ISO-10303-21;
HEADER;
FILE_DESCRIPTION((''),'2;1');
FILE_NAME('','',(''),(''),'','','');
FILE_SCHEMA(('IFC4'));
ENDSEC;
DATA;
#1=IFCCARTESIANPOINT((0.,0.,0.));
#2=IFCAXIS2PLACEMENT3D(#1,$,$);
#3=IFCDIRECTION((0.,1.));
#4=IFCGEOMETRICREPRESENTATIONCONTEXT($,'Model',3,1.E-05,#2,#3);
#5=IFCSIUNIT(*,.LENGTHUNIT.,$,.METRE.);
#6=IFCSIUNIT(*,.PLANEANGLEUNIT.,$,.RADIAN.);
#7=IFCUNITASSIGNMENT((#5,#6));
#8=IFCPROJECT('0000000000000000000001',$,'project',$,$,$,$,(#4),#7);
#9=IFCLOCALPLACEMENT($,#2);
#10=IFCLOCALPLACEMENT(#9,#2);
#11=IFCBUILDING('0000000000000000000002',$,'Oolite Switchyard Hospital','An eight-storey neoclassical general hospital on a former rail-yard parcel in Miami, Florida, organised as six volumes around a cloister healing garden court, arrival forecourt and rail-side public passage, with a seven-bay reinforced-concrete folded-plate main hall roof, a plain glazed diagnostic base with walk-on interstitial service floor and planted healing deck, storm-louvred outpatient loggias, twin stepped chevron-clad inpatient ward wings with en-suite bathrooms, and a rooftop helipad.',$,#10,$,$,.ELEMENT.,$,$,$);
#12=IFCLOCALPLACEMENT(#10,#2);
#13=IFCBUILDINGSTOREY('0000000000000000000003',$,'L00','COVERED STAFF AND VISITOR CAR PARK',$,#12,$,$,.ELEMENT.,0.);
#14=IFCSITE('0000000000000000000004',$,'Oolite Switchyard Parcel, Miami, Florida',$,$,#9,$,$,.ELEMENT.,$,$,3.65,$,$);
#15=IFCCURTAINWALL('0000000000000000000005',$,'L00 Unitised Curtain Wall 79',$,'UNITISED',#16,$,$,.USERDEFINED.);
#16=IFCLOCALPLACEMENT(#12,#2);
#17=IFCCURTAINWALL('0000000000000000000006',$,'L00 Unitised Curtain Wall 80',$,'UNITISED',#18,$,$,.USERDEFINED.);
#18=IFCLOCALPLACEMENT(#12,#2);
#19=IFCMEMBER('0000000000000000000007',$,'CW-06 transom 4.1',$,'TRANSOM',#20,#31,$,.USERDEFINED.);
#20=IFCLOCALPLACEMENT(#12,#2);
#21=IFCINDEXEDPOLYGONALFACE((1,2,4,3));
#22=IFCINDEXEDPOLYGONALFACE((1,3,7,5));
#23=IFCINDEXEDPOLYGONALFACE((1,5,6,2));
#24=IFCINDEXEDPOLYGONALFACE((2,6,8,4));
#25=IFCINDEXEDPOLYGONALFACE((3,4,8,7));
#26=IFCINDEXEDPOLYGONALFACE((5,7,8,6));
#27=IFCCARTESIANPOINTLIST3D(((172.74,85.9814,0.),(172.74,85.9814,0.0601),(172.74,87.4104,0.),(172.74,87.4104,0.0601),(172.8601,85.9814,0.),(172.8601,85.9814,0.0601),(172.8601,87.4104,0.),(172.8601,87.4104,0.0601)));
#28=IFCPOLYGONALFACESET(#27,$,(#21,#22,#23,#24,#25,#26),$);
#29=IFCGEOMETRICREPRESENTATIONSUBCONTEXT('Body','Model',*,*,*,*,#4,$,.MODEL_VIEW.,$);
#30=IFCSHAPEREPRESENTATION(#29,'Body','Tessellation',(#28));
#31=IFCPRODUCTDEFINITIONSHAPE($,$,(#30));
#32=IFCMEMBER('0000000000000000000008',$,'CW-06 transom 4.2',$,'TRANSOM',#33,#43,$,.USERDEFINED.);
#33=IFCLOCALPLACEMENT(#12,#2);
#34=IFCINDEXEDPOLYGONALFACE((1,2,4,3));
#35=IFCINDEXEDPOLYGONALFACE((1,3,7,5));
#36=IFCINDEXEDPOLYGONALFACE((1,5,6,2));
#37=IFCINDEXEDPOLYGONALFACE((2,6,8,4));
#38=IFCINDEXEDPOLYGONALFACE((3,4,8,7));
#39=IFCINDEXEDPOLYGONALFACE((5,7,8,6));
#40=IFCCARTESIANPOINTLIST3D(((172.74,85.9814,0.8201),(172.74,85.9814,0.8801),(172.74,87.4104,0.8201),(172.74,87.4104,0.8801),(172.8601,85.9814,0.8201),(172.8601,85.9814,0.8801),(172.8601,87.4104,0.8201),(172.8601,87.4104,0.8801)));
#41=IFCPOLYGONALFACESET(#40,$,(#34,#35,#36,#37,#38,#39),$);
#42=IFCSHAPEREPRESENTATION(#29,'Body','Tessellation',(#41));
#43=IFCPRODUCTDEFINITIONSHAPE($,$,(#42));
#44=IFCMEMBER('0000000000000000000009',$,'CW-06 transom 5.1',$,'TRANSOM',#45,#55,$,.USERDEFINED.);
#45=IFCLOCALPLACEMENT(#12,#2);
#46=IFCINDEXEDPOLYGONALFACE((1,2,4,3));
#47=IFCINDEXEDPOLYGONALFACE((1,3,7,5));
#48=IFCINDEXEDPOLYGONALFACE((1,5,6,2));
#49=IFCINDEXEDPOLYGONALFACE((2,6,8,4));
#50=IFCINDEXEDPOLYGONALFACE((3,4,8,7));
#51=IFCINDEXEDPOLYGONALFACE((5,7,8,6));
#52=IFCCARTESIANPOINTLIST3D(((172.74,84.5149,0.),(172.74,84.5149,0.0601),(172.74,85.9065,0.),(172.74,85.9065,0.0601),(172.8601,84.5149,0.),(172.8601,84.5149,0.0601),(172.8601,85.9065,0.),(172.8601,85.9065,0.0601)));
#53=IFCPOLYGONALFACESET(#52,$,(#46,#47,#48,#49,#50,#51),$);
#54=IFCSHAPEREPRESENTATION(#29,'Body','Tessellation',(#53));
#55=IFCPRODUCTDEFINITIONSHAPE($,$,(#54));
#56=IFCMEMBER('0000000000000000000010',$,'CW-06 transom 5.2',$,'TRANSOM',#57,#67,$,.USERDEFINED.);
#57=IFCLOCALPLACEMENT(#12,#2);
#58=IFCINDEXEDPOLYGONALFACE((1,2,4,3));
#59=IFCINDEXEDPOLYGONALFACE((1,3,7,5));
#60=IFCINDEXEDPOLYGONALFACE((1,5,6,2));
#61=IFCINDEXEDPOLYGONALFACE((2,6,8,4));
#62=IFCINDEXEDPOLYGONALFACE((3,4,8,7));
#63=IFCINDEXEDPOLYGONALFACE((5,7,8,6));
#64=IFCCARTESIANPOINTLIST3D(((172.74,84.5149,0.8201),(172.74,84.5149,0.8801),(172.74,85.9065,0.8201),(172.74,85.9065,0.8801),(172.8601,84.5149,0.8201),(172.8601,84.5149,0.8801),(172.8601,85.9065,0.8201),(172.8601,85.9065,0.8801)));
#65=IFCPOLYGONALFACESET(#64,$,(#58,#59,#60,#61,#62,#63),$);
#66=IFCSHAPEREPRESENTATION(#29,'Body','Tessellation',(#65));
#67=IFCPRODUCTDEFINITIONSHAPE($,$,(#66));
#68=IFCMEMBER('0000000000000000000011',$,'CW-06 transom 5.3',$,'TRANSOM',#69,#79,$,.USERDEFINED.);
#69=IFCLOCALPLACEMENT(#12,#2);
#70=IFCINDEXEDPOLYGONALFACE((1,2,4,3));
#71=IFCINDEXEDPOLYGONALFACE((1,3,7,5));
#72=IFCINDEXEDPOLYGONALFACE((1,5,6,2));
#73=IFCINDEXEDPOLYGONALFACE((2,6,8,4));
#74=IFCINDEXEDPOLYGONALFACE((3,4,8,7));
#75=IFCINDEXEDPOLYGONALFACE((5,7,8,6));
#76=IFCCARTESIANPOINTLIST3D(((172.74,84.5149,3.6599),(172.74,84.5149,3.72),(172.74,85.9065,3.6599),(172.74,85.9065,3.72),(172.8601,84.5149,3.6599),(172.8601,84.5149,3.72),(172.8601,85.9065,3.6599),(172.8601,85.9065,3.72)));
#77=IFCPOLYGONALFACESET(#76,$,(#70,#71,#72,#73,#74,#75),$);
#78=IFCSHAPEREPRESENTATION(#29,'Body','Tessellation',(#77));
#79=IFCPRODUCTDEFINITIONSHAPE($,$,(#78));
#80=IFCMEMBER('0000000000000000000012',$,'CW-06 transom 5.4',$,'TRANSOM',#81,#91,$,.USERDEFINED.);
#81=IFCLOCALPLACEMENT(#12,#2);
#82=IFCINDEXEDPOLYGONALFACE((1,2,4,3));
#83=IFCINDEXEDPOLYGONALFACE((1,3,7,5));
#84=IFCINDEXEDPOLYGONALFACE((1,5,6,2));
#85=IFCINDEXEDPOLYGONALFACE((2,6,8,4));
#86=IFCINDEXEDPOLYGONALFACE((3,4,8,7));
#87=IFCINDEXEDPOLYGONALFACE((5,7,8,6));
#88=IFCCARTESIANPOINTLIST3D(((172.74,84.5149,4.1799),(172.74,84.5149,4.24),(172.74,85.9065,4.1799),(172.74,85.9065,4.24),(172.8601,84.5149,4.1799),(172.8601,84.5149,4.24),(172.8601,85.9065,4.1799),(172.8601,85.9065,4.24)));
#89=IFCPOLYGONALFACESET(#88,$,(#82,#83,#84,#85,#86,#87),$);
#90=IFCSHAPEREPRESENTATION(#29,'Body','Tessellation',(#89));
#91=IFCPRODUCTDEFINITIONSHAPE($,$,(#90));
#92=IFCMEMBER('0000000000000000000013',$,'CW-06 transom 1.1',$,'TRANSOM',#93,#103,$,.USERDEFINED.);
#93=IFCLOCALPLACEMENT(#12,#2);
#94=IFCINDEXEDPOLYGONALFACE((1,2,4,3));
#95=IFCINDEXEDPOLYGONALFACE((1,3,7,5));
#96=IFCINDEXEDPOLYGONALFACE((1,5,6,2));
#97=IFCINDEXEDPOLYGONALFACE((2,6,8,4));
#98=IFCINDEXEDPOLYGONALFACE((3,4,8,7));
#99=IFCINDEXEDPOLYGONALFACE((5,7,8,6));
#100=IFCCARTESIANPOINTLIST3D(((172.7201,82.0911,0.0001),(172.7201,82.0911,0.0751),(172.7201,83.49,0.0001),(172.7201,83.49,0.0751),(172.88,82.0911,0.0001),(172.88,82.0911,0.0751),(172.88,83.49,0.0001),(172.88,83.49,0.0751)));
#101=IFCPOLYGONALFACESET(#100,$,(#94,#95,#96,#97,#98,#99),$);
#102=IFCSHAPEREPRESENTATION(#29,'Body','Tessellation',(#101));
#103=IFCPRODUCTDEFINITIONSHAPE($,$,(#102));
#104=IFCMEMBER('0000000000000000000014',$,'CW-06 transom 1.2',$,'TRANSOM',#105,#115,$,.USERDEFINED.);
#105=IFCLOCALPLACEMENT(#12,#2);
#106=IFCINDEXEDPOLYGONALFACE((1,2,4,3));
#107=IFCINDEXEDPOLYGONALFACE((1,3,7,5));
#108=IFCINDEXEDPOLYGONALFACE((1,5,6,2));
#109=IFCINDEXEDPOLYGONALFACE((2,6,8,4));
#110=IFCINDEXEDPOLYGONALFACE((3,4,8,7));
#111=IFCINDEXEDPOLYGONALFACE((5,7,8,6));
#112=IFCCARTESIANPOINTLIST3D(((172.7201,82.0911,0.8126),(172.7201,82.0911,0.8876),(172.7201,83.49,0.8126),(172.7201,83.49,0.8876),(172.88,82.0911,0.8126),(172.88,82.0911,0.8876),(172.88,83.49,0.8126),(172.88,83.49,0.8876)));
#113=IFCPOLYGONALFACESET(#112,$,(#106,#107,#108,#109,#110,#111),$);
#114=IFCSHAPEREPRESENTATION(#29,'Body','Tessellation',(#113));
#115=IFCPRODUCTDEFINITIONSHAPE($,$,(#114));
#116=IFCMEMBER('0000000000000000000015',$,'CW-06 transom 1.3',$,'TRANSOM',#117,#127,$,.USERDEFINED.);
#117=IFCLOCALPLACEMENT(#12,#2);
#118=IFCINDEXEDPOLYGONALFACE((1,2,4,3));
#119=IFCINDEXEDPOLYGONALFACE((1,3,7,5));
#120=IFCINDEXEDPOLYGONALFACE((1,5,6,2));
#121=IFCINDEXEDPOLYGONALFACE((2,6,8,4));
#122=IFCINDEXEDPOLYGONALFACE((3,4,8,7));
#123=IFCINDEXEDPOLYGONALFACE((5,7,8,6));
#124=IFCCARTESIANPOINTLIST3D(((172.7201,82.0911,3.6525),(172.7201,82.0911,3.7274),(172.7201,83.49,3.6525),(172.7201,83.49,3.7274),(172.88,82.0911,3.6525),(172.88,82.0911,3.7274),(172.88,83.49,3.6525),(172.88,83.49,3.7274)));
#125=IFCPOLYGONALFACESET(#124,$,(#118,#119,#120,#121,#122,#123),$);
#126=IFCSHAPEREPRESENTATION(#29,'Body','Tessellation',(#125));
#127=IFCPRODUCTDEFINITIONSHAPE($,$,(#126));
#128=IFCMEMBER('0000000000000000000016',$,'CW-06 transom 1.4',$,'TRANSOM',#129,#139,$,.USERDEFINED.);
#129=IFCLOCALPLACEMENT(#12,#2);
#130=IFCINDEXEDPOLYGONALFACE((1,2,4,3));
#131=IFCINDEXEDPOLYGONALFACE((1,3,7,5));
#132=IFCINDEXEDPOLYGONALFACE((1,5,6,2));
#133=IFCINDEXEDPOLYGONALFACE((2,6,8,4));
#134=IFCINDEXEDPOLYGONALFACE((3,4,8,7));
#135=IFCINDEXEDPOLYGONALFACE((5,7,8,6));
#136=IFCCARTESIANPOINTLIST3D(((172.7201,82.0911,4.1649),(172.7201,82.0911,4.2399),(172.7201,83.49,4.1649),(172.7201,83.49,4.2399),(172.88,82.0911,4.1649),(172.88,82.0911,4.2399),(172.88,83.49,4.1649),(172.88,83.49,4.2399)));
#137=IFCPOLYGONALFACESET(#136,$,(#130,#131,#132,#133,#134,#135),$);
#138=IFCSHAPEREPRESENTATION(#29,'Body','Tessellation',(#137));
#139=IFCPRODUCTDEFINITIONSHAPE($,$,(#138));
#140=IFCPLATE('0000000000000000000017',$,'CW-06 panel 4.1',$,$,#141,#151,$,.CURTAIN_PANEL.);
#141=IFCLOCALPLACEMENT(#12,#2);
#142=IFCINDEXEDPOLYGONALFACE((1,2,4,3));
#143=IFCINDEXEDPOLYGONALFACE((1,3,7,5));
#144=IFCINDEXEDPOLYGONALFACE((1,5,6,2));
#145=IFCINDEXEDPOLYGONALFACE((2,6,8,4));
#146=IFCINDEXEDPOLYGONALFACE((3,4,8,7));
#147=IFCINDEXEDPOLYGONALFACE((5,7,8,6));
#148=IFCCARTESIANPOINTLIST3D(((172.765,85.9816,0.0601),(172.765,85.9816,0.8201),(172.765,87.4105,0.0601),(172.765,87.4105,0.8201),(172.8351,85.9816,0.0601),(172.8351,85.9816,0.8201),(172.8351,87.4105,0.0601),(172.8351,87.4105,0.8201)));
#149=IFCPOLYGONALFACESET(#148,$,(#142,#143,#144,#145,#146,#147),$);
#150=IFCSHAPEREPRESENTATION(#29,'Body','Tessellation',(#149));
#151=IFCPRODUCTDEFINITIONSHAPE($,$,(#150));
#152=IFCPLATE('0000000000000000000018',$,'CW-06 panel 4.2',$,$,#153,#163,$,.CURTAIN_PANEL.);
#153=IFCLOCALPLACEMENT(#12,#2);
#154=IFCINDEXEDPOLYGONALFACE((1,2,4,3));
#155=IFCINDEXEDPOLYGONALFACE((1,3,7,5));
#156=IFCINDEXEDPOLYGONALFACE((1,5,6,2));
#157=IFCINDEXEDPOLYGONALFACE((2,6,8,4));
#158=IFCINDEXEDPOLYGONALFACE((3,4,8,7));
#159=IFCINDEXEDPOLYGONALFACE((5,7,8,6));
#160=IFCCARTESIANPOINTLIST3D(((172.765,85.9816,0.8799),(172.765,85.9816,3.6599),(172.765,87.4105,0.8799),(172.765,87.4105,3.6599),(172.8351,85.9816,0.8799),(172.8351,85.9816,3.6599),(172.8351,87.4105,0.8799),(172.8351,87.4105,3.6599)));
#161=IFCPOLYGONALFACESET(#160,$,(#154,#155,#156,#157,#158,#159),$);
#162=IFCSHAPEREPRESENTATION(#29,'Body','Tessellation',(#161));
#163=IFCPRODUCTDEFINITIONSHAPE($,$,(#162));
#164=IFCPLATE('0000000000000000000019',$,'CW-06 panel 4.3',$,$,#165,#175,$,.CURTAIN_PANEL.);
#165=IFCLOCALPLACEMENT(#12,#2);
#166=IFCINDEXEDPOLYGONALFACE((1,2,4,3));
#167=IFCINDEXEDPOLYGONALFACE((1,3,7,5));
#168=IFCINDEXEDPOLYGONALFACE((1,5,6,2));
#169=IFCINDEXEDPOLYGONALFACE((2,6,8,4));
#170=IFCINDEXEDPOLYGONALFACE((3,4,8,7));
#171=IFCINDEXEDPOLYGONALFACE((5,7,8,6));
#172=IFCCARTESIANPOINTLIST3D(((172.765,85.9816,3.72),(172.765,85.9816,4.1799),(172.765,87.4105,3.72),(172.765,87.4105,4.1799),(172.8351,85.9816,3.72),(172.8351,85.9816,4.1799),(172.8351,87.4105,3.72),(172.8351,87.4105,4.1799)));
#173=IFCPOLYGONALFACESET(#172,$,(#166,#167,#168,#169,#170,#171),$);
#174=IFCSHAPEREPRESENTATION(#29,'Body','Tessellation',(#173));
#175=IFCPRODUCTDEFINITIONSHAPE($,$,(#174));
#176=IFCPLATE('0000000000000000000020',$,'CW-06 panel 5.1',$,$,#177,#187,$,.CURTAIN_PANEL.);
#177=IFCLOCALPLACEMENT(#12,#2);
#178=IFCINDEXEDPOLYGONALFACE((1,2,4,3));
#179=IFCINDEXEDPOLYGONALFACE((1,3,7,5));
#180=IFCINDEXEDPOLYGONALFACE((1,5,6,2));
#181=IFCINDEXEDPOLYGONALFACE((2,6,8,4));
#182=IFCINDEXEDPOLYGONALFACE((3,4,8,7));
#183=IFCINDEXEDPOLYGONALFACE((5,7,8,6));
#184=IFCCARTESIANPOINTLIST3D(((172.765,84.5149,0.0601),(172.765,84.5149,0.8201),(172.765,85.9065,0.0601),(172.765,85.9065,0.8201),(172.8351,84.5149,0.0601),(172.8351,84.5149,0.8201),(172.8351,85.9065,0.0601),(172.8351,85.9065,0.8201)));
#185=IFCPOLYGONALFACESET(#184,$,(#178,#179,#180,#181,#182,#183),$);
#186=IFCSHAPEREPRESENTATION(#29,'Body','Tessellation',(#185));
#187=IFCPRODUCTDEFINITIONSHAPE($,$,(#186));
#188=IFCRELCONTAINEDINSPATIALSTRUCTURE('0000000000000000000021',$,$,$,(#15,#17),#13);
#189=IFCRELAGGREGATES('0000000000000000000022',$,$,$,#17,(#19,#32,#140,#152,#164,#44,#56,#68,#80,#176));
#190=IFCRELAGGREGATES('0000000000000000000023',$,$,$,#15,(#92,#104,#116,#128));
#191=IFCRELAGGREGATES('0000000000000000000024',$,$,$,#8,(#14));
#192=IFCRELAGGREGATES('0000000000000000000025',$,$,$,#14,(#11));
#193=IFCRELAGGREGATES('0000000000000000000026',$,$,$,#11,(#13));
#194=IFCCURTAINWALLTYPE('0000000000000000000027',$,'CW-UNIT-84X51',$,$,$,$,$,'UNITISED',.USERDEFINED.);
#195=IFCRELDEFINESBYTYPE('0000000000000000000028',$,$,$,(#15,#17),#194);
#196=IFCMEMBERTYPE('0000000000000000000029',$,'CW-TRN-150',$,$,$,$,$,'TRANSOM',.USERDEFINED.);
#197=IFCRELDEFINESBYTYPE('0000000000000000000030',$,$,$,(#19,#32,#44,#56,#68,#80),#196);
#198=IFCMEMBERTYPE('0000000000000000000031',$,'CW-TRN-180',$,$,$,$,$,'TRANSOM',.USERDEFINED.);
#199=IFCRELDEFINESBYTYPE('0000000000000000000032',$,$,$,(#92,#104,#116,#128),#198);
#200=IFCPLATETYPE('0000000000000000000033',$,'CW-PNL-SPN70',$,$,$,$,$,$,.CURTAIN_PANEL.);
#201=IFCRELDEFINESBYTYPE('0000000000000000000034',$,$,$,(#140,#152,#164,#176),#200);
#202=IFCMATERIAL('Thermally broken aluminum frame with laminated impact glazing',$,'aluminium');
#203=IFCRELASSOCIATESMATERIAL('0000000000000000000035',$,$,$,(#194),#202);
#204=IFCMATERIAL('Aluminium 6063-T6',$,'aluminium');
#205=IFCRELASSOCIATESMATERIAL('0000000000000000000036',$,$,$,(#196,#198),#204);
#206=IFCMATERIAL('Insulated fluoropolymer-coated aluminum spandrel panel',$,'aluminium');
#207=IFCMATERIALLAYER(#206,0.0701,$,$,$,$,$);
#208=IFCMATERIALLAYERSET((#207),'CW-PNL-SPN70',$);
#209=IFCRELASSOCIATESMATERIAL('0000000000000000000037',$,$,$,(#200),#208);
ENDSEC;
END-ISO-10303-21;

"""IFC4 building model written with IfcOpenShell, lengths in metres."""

from ifc_helpers import new_model, si_unit, direction, frame, origin, origin_2d, place, context, subcontext, project, spatial, rectangle, extrude, material, layer, layer_set, material_profile, profile_set, type_object, element, aggregate, save


model = new_model("IFC4")

# Units and contexts
model_context = context("Model", 3, precision=1e-05, world=origin(), true_north=direction((0.0, 1.0)))
body_context = subcontext(model_context, "Body", "Model", "MODEL_VIEW")
ifc_project = project(units=[si_unit("LENGTHUNIT", "METRE"), si_unit("PLANEANGLEUNIT", "RADIAN")], contexts=[model_context])

# Site, building, storey
site_placement = place(None, origin())
site = spatial("IfcSite", under=ifc_project, at=site_placement, Name="Oolite Switchyard Parcel, Miami, Florida", CompositionType="ELEMENT", RefElevation=3.65)
building_placement = place(site_placement, origin())
building = spatial("IfcBuilding", under=site, at=building_placement, Name="Oolite Switchyard Hospital", Description="An eight-storey neoclassical general hospital on a former rail-yard parcel in Miami, Florida, organised as six volumes around a cloister healing garden court, arrival forecourt and rail-side public passage, with a seven-bay reinforced-concrete folded-plate main hall roof, a plain glazed diagnostic base with walk-on interstitial service floor and planted healing deck, storm-louvred outpatient loggias, twin stepped chevron-clad inpatient ward wings with en-suite bathrooms, and a rooftop helipad.", CompositionType="ELEMENT")
storey_placement = place(building_placement, origin())
storey = spatial("IfcBuildingStorey", under=building, at=storey_placement, Name="L00", Description="COVERED STAFF AND VISITOR CAR PARK", CompositionType="ELEMENT", Elevation=0.0)

# Curtain wall
ifc_material_1 = material(Name="Thermally broken aluminum frame with laminated impact glazing", Category="aluminium")
curtain_wall_type = type_object("IfcCurtainWallType", Name="CW-UNIT-84X51", ElementType="UNITISED", PredefinedType="USERDEFINED", material=ifc_material_1)
curtain_wall_1_placement = place(storey_placement, origin())
curtain_wall_1 = element("IfcCurtainWall", 1, at=curtain_wall_1_placement, inside=storey, type_object=curtain_wall_type, Name="L00 Unitised Curtain Wall 79", ObjectType="UNITISED", PredefinedType="USERDEFINED")
ifc_material_2 = material(Name="Aluminium 6063-T6", Category="aluminium")

# Curtain wall, members
curtain_wall_2_placement = place(storey_placement, origin())
curtain_wall_2 = element("IfcCurtainWall", 2, at=curtain_wall_2_placement, inside=storey, type_object=curtain_wall_type, Name="L00 Unitised Curtain Wall 80", ObjectType="UNITISED", PredefinedType="USERDEFINED")
ifc_material_profile_1 = material_profile(ifc_material_2, rectangle(XDim=0.1201, YDim=0.0601, at=origin_2d()), Name="CWT60X120")
ifc_profile_set_1 = profile_set([ifc_material_profile_1], Name="Aluminium 6063-T6")
member_type_1 = type_object("IfcMemberType", Name="CW-TRN-150", ElementType="TRANSOM", PredefinedType="USERDEFINED", material=ifc_profile_set_1)
member_1_placement = place(storey_placement, frame((172.8, 87.4104, 0.03), z_axis=(0.0, -1.0, 0.0), x_axis=(1.0, 0.0, 0.0)))
member_1 = element("IfcMember", 3, at=member_1_placement, type_object=member_type_1, Name="CW-06 transom 4.1", ObjectType="TRANSOM", PredefinedType="USERDEFINED", context=body_context, shape_type="SweptSolid", body=[
    extrude(rectangle(XDim=0.1201, YDim=0.0601, at=origin_2d()), origin(), (0.0, 0.0, 1.0), 1.429),
])
member_2_placement = place(storey_placement, frame((172.8, 87.4104, 0.8501), z_axis=(0.0, -1.0, 0.0), x_axis=(1.0, 0.0, 0.0)))
member_2 = element("IfcMember", 4, at=member_2_placement, type_object=member_type_1, Name="CW-06 transom 4.2", ObjectType="TRANSOM", PredefinedType="USERDEFINED", context=body_context, shape_type="SweptSolid", body=[
    extrude(rectangle(XDim=0.1201, YDim=0.0601, at=origin_2d()), origin(), (0.0, 0.0, 1.0), 1.429),
])
member_3_placement = place(storey_placement, frame((172.8, 85.9065, 0.03), z_axis=(0.0, -1.0, 0.0), x_axis=(1.0, 0.0, 0.0)))
member_3 = element("IfcMember", 5, at=member_3_placement, type_object=member_type_1, Name="CW-06 transom 5.1", ObjectType="TRANSOM", PredefinedType="USERDEFINED", context=body_context, shape_type="SweptSolid", body=[
    extrude(rectangle(XDim=0.1201, YDim=0.0601, at=origin_2d()), origin(), (0.0, 0.0, 1.0), 1.3916),
])
member_4_placement = place(storey_placement, frame((172.8, 85.9065, 0.8501), z_axis=(0.0, -1.0, 0.0), x_axis=(1.0, 0.0, 0.0)))
member_4 = element("IfcMember", 6, at=member_4_placement, type_object=member_type_1, Name="CW-06 transom 5.2", ObjectType="TRANSOM", PredefinedType="USERDEFINED", context=body_context, shape_type="SweptSolid", body=[
    extrude(rectangle(XDim=0.1201, YDim=0.0601, at=origin_2d()), origin(), (0.0, 0.0, 1.0), 1.3916),
])
member_5_placement = place(storey_placement, frame((172.8, 85.9065, 3.6899), z_axis=(0.0, -1.0, 0.0), x_axis=(1.0, 0.0, 0.0)))
member_5 = element("IfcMember", 7, at=member_5_placement, type_object=member_type_1, Name="CW-06 transom 5.3", ObjectType="TRANSOM", PredefinedType="USERDEFINED", context=body_context, shape_type="SweptSolid", body=[
    extrude(rectangle(XDim=0.1201, YDim=0.0601, at=origin_2d()), origin(), (0.0, 0.0, 1.0), 1.3916),
])
member_6_placement = place(storey_placement, frame((172.8, 85.9065, 4.21), z_axis=(0.0, -1.0, 0.0), x_axis=(1.0, 0.0, 0.0)))
member_6 = element("IfcMember", 8, at=member_6_placement, type_object=member_type_1, Name="CW-06 transom 5.4", ObjectType="TRANSOM", PredefinedType="USERDEFINED", context=body_context, shape_type="SweptSolid", body=[
    extrude(rectangle(XDim=0.1201, YDim=0.0601, at=origin_2d()), origin(), (0.0, 0.0, 1.0), 1.3916),
])

# Members
ifc_material_profile_2 = material_profile(ifc_material_2, rectangle(XDim=0.1599, YDim=0.075, at=origin_2d()), Name="CWT75X160")
ifc_profile_set_2 = profile_set([ifc_material_profile_2], Name="Aluminium 6063-T6")
member_type_2 = type_object("IfcMemberType", Name="CW-TRN-180", ElementType="TRANSOM", PredefinedType="USERDEFINED", material=ifc_profile_set_2)
member_7_placement = place(storey_placement, frame((172.8, 83.49, 0.0376), z_axis=(0.0, -1.0, 0.0), x_axis=(1.0, 0.0, 0.0)))
member_7 = element("IfcMember", 9, at=member_7_placement, type_object=member_type_2, Name="CW-06 transom 1.1", ObjectType="TRANSOM", PredefinedType="USERDEFINED", context=body_context, shape_type="SweptSolid", body=[
    extrude(rectangle(XDim=0.1599, YDim=0.075, at=origin_2d()), origin(), (0.0, 0.0, 1.0), 1.3989),
])
member_8_placement = place(storey_placement, frame((172.8, 83.49, 0.8501), z_axis=(0.0, -1.0, 0.0), x_axis=(1.0, 0.0, 0.0)))
member_8 = element("IfcMember", 10, at=member_8_placement, type_object=member_type_2, Name="CW-06 transom 1.2", ObjectType="TRANSOM", PredefinedType="USERDEFINED", context=body_context, shape_type="SweptSolid", body=[
    extrude(rectangle(XDim=0.1599, YDim=0.075, at=origin_2d()), origin(), (0.0, 0.0, 1.0), 1.3989),
])
member_9_placement = place(storey_placement, frame((172.8, 83.49, 3.6899), z_axis=(0.0, -1.0, 0.0), x_axis=(1.0, 0.0, 0.0)))
member_9 = element("IfcMember", 11, at=member_9_placement, type_object=member_type_2, Name="CW-06 transom 1.3", ObjectType="TRANSOM", PredefinedType="USERDEFINED", context=body_context, shape_type="SweptSolid", body=[
    extrude(rectangle(XDim=0.1599, YDim=0.075, at=origin_2d()), origin(), (0.0, 0.0, 1.0), 1.3989),
])
member_10_placement = place(storey_placement, frame((172.8, 83.49, 4.2024), z_axis=(0.0, -1.0, 0.0), x_axis=(1.0, 0.0, 0.0)))
member_10 = element("IfcMember", 12, at=member_10_placement, type_object=member_type_2, Name="CW-06 transom 1.4", ObjectType="TRANSOM", PredefinedType="USERDEFINED", context=body_context, shape_type="SweptSolid", body=[
    extrude(rectangle(XDim=0.1599, YDim=0.075, at=origin_2d()), origin(), (0.0, 0.0, 1.0), 1.3989),
])

# Plates
ifc_material_3 = material(Name="Insulated fluoropolymer-coated aluminum spandrel panel", Category="aluminium")
ifc_layer_1 = layer(ifc_material_3, 0.0701)
ifc_layer_set_1 = layer_set([ifc_layer_1], Name="CW-PNL-SPN70")
plate_type_1 = type_object("IfcPlateType", Name="CW-PNL-SPN70", PredefinedType="CURTAIN_PANEL", material=ifc_layer_set_1)
plate_1_placement = place(storey_placement, frame((172.8, 86.696, 0.0601), z_axis=(0.0, 0.0, 1.0), x_axis=(0.0, -1.0, 0.0)))
plate_1 = element("IfcPlate", 13, at=plate_1_placement, type_object=plate_type_1, Name="CW-06 panel 4.1", PredefinedType="CURTAIN_PANEL", context=body_context, shape_type="SweptSolid", body=[
    extrude(rectangle(XDim=1.429, YDim=0.0701, at=origin_2d()), origin(), (0.0, 0.0, 1.0), 0.76),
])
plate_2_placement = place(storey_placement, frame((172.8, 86.696, 0.8799), z_axis=(0.0, 0.0, 1.0), x_axis=(0.0, -1.0, 0.0)))
plate_2 = element("IfcPlate", 14, at=plate_2_placement, type_object=plate_type_1, Name="CW-06 panel 4.2", PredefinedType="CURTAIN_PANEL", context=body_context, shape_type="SweptSolid", body=[
    extrude(rectangle(XDim=1.429, YDim=0.0701, at=origin_2d()), origin(), (0.0, 0.0, 1.0), 2.78),
])
plate_3_placement = place(storey_placement, frame((172.8, 86.696, 3.72), z_axis=(0.0, 0.0, 1.0), x_axis=(0.0, -1.0, 0.0)))
plate_3 = element("IfcPlate", 15, at=plate_3_placement, type_object=plate_type_1, Name="CW-06 panel 4.3", PredefinedType="CURTAIN_PANEL", context=body_context, shape_type="SweptSolid", body=[
    extrude(rectangle(XDim=1.429, YDim=0.0701, at=origin_2d()), origin(), (0.0, 0.0, 1.0), 0.46),
])
plate_4_placement = place(storey_placement, frame((172.8, 85.2107, 0.0601), z_axis=(0.0, 0.0, 1.0), x_axis=(0.0, -1.0, 0.0)))
plate_4 = element("IfcPlate", 16, at=plate_4_placement, type_object=plate_type_1, Name="CW-06 panel 5.1", PredefinedType="CURTAIN_PANEL", context=body_context, shape_type="SweptSolid", body=[
    extrude(rectangle(XDim=1.3916, YDim=0.0701, at=origin_2d()), origin(), (0.0, 0.0, 1.0), 0.76),
])
aggregate(curtain_wall_2, [member_1, member_2, plate_1, plate_2, plate_3, member_3, member_4, member_5, member_6, plate_4])
aggregate(curtain_wall_1, [member_7, member_8, member_9, member_10])

save(model, "model.ifc")
